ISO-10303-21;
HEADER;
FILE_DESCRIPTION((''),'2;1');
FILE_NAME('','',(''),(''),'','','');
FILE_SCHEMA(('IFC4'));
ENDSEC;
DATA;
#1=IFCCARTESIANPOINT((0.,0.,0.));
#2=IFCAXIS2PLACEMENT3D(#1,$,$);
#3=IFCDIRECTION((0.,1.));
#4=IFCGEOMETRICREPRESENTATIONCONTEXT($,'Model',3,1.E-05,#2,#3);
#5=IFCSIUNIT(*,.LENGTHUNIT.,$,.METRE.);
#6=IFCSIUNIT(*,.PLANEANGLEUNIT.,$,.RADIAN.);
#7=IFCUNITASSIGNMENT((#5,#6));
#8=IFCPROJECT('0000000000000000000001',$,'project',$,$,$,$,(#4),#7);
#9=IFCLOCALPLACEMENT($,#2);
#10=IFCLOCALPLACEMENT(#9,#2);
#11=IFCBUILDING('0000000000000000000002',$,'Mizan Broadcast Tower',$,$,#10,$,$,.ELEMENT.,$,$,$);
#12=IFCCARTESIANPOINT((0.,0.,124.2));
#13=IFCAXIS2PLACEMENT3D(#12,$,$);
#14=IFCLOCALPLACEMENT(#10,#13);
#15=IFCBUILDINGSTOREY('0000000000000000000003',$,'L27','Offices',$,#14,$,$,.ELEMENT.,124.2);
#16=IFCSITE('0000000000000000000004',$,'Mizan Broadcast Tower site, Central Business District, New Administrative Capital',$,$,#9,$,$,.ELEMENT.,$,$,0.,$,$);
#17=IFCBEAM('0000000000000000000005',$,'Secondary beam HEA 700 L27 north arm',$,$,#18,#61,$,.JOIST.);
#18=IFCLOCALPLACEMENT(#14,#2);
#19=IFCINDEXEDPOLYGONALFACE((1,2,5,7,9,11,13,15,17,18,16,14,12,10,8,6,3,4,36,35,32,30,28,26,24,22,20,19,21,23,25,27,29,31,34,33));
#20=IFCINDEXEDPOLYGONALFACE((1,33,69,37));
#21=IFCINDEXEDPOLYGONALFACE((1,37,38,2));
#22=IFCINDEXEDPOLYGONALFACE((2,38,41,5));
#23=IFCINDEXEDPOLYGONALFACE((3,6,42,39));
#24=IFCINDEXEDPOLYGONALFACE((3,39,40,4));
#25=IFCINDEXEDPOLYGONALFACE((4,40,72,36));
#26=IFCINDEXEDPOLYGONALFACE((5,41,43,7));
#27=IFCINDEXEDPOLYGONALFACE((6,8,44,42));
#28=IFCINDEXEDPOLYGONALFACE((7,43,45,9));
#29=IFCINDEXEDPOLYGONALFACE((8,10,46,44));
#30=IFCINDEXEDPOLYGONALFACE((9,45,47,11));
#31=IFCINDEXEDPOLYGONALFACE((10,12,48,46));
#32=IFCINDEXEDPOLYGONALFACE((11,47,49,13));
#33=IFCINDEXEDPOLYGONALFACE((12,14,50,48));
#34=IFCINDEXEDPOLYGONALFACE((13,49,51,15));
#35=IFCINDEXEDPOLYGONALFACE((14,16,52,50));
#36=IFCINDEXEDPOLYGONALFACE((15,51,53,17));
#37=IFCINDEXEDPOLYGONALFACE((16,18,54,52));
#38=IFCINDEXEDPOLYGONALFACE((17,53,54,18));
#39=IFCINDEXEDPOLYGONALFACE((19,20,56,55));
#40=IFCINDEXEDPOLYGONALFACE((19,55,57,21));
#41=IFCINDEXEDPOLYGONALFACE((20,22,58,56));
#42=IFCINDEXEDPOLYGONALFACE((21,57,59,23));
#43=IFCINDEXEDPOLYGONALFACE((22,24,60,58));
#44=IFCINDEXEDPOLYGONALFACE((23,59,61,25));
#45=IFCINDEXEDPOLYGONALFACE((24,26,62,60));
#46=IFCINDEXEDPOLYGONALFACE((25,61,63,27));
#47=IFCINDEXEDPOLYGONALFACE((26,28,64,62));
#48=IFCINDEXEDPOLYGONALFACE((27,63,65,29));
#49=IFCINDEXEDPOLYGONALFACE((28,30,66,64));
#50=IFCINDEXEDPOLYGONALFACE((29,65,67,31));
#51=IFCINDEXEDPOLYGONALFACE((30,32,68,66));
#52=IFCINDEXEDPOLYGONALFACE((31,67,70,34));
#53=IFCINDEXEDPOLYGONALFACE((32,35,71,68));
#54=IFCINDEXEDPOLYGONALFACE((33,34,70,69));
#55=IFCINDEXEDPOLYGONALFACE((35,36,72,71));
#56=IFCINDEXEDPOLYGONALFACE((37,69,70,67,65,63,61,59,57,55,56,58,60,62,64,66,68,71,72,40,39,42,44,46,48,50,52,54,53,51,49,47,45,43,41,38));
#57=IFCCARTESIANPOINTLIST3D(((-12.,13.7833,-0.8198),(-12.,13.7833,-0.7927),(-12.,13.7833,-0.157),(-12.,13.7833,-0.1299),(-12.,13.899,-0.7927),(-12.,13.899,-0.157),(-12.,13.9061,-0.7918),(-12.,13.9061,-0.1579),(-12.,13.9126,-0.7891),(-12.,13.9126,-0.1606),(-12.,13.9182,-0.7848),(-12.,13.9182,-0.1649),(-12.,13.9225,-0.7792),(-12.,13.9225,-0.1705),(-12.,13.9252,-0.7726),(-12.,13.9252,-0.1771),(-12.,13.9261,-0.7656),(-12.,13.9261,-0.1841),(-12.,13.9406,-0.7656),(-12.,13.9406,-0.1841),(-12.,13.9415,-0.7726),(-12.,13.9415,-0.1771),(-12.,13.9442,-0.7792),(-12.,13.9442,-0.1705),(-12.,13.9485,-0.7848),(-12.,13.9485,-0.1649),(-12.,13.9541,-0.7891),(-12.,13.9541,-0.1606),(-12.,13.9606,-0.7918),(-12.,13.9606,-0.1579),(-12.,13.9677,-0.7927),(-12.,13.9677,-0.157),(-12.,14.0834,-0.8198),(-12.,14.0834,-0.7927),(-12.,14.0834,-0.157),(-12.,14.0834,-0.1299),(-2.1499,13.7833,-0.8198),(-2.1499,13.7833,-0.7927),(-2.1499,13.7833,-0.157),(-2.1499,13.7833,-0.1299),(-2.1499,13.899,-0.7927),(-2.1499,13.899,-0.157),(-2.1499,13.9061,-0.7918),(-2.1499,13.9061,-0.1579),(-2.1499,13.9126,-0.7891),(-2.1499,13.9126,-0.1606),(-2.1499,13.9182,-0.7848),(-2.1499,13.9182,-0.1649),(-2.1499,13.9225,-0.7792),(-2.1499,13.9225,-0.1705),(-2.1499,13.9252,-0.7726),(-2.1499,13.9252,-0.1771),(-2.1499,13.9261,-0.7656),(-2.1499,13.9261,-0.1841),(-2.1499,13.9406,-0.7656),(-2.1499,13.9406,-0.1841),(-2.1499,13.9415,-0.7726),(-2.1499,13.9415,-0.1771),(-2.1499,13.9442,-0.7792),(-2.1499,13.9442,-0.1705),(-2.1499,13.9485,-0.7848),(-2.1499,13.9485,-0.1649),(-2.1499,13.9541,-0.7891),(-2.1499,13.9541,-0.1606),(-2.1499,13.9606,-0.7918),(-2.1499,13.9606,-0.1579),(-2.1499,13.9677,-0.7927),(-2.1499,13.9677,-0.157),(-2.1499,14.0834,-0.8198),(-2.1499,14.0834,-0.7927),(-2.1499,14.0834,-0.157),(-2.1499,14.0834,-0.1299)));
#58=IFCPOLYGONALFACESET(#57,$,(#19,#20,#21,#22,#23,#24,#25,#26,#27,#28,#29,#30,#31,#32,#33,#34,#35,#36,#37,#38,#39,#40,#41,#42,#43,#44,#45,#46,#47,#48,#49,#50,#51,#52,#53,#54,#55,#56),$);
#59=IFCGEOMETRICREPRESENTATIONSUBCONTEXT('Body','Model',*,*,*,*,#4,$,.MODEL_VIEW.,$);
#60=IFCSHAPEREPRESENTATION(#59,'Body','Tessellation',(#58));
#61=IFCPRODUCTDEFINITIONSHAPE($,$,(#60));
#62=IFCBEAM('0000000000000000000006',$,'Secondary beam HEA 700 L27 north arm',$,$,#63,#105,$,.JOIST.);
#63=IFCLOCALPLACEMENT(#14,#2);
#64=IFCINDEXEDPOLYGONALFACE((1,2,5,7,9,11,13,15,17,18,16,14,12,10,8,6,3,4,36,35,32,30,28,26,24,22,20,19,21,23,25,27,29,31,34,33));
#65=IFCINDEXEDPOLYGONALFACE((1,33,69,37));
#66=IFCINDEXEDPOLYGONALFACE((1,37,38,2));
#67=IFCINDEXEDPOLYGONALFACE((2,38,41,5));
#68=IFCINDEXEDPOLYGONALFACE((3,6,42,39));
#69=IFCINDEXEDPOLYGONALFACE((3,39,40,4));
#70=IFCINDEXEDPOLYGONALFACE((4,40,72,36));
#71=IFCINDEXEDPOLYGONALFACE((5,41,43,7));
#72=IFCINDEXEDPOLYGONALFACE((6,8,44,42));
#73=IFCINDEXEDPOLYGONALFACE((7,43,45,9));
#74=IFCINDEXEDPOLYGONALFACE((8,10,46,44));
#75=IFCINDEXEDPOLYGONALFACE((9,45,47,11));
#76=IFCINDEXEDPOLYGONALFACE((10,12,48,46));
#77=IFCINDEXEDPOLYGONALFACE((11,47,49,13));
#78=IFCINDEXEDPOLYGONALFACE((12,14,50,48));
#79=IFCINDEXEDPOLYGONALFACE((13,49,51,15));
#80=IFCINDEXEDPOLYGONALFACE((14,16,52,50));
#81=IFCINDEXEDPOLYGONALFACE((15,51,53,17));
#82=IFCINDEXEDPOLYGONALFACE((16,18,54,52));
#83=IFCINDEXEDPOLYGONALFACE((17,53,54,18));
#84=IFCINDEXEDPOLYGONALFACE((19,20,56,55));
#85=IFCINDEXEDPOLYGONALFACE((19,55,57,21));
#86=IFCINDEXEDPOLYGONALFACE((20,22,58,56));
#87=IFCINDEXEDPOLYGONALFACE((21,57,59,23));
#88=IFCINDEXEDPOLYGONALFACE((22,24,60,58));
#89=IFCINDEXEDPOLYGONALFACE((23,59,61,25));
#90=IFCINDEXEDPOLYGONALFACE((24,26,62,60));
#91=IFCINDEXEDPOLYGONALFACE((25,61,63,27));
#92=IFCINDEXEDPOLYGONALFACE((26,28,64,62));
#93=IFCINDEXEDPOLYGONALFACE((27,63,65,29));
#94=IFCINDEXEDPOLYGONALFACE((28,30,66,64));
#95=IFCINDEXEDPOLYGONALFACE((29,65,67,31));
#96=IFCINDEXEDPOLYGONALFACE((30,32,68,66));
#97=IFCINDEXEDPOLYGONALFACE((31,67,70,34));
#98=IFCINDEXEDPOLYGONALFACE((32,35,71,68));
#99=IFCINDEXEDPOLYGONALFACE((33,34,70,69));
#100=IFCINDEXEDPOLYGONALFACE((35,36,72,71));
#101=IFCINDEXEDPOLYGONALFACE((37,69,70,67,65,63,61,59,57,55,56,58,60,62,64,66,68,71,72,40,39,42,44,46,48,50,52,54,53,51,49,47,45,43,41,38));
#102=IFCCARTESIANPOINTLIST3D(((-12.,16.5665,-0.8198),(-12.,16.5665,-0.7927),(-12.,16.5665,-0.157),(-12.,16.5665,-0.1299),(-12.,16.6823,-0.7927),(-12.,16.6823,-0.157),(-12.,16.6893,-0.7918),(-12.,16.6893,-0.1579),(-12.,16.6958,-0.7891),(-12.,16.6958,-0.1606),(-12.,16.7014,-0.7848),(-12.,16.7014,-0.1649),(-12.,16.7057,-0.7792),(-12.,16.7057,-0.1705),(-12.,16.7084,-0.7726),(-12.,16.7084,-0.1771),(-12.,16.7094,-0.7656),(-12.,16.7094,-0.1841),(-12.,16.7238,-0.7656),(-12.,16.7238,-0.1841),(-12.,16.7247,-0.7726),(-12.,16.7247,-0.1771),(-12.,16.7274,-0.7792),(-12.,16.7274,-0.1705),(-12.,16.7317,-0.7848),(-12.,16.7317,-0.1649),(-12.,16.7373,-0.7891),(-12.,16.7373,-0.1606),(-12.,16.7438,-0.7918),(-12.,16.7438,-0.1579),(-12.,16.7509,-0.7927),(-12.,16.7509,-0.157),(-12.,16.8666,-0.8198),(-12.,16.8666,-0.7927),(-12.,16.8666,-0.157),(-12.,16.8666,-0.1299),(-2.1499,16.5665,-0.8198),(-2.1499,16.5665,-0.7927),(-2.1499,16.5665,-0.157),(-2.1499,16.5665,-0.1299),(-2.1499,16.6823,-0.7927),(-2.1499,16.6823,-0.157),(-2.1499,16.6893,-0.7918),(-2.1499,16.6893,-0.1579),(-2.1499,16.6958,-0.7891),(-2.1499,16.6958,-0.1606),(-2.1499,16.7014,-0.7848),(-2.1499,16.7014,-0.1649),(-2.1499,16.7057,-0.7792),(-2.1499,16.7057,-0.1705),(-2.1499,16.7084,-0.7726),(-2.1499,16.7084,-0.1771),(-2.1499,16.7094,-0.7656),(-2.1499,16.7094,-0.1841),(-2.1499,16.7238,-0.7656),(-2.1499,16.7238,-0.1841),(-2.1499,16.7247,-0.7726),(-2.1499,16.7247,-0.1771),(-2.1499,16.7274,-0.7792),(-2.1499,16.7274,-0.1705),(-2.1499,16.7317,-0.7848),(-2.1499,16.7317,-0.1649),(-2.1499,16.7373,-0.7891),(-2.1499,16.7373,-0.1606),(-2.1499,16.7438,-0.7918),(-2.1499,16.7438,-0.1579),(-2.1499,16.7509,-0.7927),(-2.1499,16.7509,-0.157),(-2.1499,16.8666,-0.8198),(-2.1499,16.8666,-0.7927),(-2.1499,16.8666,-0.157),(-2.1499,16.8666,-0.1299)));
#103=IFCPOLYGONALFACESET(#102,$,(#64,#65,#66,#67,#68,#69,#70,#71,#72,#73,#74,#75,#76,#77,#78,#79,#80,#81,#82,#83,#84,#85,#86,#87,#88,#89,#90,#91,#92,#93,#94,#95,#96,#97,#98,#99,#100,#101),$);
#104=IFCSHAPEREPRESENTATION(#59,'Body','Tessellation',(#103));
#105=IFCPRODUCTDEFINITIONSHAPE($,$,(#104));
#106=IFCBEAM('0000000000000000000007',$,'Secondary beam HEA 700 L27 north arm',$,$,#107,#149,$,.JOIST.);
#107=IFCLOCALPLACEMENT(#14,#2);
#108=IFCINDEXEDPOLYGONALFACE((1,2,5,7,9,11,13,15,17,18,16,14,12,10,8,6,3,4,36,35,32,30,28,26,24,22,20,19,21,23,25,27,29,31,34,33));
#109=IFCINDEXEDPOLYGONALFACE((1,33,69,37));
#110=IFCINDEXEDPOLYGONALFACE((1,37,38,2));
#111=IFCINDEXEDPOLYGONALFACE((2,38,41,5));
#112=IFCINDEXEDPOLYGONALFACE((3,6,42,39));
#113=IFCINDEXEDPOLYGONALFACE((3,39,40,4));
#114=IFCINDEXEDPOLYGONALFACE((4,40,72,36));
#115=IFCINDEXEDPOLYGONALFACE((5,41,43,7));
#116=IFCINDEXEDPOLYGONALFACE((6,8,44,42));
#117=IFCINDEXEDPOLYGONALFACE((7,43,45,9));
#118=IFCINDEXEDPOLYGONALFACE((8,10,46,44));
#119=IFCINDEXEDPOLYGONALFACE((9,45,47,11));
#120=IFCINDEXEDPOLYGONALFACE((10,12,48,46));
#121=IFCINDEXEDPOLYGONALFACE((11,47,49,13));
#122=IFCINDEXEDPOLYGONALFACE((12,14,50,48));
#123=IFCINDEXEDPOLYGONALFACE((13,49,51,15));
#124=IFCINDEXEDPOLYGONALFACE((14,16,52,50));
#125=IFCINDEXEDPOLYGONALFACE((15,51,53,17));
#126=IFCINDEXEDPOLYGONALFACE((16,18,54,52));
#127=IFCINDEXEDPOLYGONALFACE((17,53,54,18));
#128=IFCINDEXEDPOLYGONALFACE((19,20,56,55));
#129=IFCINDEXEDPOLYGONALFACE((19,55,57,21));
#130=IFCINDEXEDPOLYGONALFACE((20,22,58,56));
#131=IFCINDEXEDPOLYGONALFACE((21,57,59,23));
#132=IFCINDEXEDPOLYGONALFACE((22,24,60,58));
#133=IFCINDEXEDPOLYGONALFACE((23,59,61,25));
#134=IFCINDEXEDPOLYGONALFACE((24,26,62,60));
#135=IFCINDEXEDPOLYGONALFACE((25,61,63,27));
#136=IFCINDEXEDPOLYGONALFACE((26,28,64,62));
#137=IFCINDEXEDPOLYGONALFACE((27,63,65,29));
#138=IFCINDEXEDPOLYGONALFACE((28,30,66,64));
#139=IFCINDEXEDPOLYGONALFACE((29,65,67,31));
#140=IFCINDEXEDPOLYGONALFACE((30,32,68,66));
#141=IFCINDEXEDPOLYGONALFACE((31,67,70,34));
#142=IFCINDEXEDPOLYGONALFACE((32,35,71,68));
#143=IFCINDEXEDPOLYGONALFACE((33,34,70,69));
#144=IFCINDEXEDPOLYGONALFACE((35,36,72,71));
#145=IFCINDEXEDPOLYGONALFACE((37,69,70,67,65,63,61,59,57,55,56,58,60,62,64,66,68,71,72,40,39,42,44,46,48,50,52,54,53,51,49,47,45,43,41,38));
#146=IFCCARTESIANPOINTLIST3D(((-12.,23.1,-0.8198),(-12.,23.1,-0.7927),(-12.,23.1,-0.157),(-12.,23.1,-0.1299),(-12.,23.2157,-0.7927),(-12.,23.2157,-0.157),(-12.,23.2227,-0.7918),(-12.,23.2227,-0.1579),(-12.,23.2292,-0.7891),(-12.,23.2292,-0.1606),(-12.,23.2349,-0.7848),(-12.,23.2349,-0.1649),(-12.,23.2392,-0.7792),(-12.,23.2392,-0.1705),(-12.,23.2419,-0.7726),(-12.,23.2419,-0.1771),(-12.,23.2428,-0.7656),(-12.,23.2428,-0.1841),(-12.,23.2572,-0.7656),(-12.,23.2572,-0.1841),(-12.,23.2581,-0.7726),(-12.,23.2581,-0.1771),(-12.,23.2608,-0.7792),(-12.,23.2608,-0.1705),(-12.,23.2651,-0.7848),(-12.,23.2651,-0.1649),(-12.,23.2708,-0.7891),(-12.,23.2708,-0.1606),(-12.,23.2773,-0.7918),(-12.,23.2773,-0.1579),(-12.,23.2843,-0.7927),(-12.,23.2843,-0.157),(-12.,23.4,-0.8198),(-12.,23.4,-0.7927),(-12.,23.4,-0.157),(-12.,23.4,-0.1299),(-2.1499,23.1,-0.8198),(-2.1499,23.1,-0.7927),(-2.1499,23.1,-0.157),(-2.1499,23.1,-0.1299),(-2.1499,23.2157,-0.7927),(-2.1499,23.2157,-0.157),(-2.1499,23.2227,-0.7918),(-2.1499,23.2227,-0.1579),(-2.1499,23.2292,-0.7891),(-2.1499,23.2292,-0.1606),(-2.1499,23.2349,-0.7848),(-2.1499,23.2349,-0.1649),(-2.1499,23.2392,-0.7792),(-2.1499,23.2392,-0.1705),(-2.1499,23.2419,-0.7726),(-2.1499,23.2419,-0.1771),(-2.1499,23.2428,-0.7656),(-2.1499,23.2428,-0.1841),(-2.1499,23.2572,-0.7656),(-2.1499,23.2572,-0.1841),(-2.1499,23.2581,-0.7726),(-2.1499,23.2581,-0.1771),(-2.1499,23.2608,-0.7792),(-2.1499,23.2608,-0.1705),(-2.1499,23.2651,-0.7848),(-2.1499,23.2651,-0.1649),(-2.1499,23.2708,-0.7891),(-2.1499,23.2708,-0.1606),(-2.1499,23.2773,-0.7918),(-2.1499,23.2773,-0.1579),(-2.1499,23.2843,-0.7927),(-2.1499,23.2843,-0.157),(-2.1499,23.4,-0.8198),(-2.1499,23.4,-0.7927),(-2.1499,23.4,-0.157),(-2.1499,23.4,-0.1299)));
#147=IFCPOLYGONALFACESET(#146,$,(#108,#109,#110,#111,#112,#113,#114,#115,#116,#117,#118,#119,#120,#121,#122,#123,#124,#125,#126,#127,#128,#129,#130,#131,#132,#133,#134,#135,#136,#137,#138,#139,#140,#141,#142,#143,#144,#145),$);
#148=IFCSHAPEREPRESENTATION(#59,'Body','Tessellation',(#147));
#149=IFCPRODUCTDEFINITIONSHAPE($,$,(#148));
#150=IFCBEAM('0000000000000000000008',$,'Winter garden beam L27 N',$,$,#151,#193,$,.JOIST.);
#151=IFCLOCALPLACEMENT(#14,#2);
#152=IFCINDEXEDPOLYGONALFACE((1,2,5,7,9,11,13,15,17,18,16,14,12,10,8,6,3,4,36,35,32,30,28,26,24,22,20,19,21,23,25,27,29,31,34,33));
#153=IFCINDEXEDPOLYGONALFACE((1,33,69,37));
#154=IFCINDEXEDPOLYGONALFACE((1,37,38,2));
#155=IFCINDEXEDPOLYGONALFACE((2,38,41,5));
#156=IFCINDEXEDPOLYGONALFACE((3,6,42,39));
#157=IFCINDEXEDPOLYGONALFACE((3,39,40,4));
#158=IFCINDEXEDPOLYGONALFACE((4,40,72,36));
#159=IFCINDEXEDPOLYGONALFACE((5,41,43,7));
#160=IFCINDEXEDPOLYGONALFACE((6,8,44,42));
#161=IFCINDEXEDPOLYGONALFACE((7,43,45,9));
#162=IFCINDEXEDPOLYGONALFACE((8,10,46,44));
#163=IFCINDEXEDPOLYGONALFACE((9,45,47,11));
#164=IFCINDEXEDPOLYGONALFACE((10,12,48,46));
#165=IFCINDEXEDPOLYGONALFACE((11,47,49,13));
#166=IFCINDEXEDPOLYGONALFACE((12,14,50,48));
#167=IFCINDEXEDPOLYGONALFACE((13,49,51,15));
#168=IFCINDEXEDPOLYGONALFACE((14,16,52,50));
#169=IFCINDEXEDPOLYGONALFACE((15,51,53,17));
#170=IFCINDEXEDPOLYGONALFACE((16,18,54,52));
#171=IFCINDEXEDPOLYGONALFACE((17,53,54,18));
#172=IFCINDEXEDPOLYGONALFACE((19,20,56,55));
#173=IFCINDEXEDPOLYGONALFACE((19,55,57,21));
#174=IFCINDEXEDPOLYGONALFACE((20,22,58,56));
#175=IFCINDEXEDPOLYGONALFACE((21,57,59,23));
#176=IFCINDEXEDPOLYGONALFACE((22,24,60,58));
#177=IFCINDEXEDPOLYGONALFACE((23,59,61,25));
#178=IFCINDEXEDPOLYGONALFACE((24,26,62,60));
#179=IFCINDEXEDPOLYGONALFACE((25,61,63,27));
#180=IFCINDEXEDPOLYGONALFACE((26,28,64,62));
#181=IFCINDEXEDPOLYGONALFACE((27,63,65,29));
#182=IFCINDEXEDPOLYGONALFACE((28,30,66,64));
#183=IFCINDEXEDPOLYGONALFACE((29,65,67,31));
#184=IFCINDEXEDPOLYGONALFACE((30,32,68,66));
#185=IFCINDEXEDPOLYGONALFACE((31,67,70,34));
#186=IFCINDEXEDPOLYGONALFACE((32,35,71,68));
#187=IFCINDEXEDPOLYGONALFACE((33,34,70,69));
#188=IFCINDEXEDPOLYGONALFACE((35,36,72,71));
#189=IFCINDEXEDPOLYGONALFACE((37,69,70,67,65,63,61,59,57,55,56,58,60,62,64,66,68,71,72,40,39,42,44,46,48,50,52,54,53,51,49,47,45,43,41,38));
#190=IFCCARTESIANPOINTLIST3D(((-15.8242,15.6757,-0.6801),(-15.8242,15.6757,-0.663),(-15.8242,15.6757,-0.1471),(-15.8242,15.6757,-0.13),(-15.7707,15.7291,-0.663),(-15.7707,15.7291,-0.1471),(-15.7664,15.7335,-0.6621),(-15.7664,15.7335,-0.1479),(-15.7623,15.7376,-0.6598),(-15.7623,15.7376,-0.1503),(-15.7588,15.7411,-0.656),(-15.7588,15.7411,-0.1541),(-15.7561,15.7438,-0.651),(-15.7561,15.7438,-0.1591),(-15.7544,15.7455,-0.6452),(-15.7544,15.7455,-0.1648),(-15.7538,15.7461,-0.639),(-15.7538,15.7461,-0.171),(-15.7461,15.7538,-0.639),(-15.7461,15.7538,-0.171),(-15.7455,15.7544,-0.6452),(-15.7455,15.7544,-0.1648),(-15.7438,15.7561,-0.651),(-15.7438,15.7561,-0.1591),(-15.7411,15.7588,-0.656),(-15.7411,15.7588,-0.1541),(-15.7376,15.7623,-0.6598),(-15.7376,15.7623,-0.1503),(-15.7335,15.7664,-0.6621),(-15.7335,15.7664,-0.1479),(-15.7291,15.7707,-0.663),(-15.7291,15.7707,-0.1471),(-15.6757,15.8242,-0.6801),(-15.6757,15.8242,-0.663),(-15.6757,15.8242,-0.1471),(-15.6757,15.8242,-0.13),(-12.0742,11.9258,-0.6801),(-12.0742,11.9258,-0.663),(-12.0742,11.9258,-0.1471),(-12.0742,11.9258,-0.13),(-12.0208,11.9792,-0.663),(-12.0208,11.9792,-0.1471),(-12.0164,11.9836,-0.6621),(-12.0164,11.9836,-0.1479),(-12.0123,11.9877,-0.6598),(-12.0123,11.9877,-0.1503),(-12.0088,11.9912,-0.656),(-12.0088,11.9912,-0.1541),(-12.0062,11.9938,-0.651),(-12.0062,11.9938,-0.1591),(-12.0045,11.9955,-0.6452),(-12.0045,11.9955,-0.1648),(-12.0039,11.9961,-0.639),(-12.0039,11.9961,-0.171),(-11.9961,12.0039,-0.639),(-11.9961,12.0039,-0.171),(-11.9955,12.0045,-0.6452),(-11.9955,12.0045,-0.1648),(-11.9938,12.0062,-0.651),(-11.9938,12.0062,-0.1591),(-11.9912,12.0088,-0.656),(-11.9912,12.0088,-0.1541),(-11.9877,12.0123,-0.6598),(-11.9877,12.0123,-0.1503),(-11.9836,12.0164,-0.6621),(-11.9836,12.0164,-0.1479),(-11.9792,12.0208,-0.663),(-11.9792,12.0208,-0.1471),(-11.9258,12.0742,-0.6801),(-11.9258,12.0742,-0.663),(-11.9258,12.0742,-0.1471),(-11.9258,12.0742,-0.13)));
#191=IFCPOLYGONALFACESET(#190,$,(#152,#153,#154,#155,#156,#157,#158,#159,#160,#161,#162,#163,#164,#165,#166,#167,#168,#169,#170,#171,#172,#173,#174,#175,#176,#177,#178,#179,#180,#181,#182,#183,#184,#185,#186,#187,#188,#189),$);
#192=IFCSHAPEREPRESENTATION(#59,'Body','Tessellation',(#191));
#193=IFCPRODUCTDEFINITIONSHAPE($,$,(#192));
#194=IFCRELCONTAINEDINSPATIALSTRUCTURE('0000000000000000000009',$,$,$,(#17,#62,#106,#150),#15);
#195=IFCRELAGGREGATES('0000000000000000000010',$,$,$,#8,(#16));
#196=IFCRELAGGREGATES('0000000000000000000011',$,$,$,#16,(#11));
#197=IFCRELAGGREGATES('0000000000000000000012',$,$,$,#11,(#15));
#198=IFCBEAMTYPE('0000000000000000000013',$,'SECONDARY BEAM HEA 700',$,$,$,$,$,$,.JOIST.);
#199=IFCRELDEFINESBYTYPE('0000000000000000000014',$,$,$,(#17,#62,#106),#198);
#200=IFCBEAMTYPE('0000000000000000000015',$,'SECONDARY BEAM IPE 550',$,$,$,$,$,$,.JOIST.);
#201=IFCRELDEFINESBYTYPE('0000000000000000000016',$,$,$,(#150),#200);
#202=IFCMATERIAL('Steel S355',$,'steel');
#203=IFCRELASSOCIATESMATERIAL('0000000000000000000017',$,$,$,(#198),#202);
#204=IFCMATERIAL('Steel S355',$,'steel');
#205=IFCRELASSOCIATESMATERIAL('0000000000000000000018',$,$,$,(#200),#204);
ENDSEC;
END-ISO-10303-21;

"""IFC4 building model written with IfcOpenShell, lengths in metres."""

from ifc_helpers import new_model, si_unit, direction, frame, origin, origin_2d, place, context, subcontext, project, spatial, i_section, extrude, material, material_profile, profile_set, type_object, element, save


model = new_model("IFC4")

# Units and contexts
model_context = context("Model", 3, precision=1e-05, world=origin(), true_north=direction((0.0, 1.0)))
body_context = subcontext(model_context, "Body", "Model", "MODEL_VIEW")
ifc_project = project(units=[si_unit("LENGTHUNIT", "METRE"), si_unit("PLANEANGLEUNIT", "RADIAN")], contexts=[model_context])

# Site, building, storey
site_placement = place(None, origin())
site = spatial("IfcSite", under=ifc_project, at=site_placement, Name="Mizan Broadcast Tower site, Central Business District, New Administrative Capital", CompositionType="ELEMENT", RefElevation=0.0)
building_placement = place(site_placement, origin())
building = spatial("IfcBuilding", under=site, at=building_placement, Name="Mizan Broadcast Tower", CompositionType="ELEMENT")
storey_placement = place(building_placement, frame((0.0, 0.0, 124.2)))
storey = spatial("IfcBuildingStorey", under=building, at=storey_placement, Name="L27", Description="Offices", CompositionType="ELEMENT", Elevation=124.2)

# Beams
ifc_material_1 = material(Name="Steel S355", Category="steel")
ifc_material_profile_1 = material_profile(ifc_material_1, i_section(OverallWidth=0.3, OverallDepth=0.6899, WebThickness=0.0144, FlangeThickness=0.0271, FilletRadius=0.0271, at=origin_2d()), Name="HEA 700")
ifc_profile_set_1 = profile_set([ifc_material_profile_1], Name="Steel S355")
beam_type_1 = type_object("IfcBeamType", Name="SECONDARY BEAM HEA 700", PredefinedType="JOIST", material=ifc_profile_set_1)
for number, where, z_axis, x_axis, name in (
    (1, (-12.0, 13.9333, -0.4749), (1.0, 0.0, 0.0), (0.0, 1.0, 0.0), "Secondary beam HEA 700 L27 north arm"),
    (2, (-12.0, 16.7166, -0.4749), (1.0, 0.0, 0.0), (0.0, 1.0, 0.0), "Secondary beam HEA 700 L27 north arm"),
    (3, (-12.0, 23.25, -0.4749), (1.0, 0.0, 0.0), (0.0, 1.0, 0.0), "Secondary beam HEA 700 L27 north arm"),
):
    element("IfcBeam", number, at=place(storey_placement, frame(where, z_axis=z_axis, x_axis=x_axis)), inside=storey, type_object=beam_type_1, Name=name, PredefinedType="JOIST", context=body_context, shape_type="SweptSolid", body=[
        extrude(i_section(OverallWidth=0.3, OverallDepth=0.6899, WebThickness=0.0144, FlangeThickness=0.0271, FilletRadius=0.0271, at=origin_2d()), origin(), (0.0, 0.0, 1.0), 9.8501),
    ])
ifc_material_2 = material(Name="Steel S355", Category="steel")
ifc_material_profile_2 = material_profile(ifc_material_2, i_section(OverallWidth=0.21, OverallDepth=0.55, WebThickness=0.011, FlangeThickness=0.0171, FilletRadius=0.0239, at=origin_2d()), Name="IPE 550")
ifc_profile_set_2 = profile_set([ifc_material_profile_2], Name="Steel S355")
beam_type_2 = type_object("IfcBeamType", Name="SECONDARY BEAM IPE 550", PredefinedType="JOIST", material=ifc_profile_set_2)
beam_1_placement = place(storey_placement, frame((-12.0, 12.0, -0.405), z_axis=(-0.707107, 0.707107, 0.0), x_axis=(-0.707107, -0.707107, 0.0)))
element("IfcBeam", 4, at=beam_1_placement, inside=storey, type_object=beam_type_2, Name="Winter garden beam L27 N", PredefinedType="JOIST", context=body_context, shape_type="SweptSolid", body=[
    extrude(i_section(OverallWidth=0.21, OverallDepth=0.55, WebThickness=0.011, FlangeThickness=0.0171, FilletRadius=0.0239, at=origin_2d()), origin(), (0.0, 0.0, 1.0), 5.3032),
])

save(model, "model.ifc")
